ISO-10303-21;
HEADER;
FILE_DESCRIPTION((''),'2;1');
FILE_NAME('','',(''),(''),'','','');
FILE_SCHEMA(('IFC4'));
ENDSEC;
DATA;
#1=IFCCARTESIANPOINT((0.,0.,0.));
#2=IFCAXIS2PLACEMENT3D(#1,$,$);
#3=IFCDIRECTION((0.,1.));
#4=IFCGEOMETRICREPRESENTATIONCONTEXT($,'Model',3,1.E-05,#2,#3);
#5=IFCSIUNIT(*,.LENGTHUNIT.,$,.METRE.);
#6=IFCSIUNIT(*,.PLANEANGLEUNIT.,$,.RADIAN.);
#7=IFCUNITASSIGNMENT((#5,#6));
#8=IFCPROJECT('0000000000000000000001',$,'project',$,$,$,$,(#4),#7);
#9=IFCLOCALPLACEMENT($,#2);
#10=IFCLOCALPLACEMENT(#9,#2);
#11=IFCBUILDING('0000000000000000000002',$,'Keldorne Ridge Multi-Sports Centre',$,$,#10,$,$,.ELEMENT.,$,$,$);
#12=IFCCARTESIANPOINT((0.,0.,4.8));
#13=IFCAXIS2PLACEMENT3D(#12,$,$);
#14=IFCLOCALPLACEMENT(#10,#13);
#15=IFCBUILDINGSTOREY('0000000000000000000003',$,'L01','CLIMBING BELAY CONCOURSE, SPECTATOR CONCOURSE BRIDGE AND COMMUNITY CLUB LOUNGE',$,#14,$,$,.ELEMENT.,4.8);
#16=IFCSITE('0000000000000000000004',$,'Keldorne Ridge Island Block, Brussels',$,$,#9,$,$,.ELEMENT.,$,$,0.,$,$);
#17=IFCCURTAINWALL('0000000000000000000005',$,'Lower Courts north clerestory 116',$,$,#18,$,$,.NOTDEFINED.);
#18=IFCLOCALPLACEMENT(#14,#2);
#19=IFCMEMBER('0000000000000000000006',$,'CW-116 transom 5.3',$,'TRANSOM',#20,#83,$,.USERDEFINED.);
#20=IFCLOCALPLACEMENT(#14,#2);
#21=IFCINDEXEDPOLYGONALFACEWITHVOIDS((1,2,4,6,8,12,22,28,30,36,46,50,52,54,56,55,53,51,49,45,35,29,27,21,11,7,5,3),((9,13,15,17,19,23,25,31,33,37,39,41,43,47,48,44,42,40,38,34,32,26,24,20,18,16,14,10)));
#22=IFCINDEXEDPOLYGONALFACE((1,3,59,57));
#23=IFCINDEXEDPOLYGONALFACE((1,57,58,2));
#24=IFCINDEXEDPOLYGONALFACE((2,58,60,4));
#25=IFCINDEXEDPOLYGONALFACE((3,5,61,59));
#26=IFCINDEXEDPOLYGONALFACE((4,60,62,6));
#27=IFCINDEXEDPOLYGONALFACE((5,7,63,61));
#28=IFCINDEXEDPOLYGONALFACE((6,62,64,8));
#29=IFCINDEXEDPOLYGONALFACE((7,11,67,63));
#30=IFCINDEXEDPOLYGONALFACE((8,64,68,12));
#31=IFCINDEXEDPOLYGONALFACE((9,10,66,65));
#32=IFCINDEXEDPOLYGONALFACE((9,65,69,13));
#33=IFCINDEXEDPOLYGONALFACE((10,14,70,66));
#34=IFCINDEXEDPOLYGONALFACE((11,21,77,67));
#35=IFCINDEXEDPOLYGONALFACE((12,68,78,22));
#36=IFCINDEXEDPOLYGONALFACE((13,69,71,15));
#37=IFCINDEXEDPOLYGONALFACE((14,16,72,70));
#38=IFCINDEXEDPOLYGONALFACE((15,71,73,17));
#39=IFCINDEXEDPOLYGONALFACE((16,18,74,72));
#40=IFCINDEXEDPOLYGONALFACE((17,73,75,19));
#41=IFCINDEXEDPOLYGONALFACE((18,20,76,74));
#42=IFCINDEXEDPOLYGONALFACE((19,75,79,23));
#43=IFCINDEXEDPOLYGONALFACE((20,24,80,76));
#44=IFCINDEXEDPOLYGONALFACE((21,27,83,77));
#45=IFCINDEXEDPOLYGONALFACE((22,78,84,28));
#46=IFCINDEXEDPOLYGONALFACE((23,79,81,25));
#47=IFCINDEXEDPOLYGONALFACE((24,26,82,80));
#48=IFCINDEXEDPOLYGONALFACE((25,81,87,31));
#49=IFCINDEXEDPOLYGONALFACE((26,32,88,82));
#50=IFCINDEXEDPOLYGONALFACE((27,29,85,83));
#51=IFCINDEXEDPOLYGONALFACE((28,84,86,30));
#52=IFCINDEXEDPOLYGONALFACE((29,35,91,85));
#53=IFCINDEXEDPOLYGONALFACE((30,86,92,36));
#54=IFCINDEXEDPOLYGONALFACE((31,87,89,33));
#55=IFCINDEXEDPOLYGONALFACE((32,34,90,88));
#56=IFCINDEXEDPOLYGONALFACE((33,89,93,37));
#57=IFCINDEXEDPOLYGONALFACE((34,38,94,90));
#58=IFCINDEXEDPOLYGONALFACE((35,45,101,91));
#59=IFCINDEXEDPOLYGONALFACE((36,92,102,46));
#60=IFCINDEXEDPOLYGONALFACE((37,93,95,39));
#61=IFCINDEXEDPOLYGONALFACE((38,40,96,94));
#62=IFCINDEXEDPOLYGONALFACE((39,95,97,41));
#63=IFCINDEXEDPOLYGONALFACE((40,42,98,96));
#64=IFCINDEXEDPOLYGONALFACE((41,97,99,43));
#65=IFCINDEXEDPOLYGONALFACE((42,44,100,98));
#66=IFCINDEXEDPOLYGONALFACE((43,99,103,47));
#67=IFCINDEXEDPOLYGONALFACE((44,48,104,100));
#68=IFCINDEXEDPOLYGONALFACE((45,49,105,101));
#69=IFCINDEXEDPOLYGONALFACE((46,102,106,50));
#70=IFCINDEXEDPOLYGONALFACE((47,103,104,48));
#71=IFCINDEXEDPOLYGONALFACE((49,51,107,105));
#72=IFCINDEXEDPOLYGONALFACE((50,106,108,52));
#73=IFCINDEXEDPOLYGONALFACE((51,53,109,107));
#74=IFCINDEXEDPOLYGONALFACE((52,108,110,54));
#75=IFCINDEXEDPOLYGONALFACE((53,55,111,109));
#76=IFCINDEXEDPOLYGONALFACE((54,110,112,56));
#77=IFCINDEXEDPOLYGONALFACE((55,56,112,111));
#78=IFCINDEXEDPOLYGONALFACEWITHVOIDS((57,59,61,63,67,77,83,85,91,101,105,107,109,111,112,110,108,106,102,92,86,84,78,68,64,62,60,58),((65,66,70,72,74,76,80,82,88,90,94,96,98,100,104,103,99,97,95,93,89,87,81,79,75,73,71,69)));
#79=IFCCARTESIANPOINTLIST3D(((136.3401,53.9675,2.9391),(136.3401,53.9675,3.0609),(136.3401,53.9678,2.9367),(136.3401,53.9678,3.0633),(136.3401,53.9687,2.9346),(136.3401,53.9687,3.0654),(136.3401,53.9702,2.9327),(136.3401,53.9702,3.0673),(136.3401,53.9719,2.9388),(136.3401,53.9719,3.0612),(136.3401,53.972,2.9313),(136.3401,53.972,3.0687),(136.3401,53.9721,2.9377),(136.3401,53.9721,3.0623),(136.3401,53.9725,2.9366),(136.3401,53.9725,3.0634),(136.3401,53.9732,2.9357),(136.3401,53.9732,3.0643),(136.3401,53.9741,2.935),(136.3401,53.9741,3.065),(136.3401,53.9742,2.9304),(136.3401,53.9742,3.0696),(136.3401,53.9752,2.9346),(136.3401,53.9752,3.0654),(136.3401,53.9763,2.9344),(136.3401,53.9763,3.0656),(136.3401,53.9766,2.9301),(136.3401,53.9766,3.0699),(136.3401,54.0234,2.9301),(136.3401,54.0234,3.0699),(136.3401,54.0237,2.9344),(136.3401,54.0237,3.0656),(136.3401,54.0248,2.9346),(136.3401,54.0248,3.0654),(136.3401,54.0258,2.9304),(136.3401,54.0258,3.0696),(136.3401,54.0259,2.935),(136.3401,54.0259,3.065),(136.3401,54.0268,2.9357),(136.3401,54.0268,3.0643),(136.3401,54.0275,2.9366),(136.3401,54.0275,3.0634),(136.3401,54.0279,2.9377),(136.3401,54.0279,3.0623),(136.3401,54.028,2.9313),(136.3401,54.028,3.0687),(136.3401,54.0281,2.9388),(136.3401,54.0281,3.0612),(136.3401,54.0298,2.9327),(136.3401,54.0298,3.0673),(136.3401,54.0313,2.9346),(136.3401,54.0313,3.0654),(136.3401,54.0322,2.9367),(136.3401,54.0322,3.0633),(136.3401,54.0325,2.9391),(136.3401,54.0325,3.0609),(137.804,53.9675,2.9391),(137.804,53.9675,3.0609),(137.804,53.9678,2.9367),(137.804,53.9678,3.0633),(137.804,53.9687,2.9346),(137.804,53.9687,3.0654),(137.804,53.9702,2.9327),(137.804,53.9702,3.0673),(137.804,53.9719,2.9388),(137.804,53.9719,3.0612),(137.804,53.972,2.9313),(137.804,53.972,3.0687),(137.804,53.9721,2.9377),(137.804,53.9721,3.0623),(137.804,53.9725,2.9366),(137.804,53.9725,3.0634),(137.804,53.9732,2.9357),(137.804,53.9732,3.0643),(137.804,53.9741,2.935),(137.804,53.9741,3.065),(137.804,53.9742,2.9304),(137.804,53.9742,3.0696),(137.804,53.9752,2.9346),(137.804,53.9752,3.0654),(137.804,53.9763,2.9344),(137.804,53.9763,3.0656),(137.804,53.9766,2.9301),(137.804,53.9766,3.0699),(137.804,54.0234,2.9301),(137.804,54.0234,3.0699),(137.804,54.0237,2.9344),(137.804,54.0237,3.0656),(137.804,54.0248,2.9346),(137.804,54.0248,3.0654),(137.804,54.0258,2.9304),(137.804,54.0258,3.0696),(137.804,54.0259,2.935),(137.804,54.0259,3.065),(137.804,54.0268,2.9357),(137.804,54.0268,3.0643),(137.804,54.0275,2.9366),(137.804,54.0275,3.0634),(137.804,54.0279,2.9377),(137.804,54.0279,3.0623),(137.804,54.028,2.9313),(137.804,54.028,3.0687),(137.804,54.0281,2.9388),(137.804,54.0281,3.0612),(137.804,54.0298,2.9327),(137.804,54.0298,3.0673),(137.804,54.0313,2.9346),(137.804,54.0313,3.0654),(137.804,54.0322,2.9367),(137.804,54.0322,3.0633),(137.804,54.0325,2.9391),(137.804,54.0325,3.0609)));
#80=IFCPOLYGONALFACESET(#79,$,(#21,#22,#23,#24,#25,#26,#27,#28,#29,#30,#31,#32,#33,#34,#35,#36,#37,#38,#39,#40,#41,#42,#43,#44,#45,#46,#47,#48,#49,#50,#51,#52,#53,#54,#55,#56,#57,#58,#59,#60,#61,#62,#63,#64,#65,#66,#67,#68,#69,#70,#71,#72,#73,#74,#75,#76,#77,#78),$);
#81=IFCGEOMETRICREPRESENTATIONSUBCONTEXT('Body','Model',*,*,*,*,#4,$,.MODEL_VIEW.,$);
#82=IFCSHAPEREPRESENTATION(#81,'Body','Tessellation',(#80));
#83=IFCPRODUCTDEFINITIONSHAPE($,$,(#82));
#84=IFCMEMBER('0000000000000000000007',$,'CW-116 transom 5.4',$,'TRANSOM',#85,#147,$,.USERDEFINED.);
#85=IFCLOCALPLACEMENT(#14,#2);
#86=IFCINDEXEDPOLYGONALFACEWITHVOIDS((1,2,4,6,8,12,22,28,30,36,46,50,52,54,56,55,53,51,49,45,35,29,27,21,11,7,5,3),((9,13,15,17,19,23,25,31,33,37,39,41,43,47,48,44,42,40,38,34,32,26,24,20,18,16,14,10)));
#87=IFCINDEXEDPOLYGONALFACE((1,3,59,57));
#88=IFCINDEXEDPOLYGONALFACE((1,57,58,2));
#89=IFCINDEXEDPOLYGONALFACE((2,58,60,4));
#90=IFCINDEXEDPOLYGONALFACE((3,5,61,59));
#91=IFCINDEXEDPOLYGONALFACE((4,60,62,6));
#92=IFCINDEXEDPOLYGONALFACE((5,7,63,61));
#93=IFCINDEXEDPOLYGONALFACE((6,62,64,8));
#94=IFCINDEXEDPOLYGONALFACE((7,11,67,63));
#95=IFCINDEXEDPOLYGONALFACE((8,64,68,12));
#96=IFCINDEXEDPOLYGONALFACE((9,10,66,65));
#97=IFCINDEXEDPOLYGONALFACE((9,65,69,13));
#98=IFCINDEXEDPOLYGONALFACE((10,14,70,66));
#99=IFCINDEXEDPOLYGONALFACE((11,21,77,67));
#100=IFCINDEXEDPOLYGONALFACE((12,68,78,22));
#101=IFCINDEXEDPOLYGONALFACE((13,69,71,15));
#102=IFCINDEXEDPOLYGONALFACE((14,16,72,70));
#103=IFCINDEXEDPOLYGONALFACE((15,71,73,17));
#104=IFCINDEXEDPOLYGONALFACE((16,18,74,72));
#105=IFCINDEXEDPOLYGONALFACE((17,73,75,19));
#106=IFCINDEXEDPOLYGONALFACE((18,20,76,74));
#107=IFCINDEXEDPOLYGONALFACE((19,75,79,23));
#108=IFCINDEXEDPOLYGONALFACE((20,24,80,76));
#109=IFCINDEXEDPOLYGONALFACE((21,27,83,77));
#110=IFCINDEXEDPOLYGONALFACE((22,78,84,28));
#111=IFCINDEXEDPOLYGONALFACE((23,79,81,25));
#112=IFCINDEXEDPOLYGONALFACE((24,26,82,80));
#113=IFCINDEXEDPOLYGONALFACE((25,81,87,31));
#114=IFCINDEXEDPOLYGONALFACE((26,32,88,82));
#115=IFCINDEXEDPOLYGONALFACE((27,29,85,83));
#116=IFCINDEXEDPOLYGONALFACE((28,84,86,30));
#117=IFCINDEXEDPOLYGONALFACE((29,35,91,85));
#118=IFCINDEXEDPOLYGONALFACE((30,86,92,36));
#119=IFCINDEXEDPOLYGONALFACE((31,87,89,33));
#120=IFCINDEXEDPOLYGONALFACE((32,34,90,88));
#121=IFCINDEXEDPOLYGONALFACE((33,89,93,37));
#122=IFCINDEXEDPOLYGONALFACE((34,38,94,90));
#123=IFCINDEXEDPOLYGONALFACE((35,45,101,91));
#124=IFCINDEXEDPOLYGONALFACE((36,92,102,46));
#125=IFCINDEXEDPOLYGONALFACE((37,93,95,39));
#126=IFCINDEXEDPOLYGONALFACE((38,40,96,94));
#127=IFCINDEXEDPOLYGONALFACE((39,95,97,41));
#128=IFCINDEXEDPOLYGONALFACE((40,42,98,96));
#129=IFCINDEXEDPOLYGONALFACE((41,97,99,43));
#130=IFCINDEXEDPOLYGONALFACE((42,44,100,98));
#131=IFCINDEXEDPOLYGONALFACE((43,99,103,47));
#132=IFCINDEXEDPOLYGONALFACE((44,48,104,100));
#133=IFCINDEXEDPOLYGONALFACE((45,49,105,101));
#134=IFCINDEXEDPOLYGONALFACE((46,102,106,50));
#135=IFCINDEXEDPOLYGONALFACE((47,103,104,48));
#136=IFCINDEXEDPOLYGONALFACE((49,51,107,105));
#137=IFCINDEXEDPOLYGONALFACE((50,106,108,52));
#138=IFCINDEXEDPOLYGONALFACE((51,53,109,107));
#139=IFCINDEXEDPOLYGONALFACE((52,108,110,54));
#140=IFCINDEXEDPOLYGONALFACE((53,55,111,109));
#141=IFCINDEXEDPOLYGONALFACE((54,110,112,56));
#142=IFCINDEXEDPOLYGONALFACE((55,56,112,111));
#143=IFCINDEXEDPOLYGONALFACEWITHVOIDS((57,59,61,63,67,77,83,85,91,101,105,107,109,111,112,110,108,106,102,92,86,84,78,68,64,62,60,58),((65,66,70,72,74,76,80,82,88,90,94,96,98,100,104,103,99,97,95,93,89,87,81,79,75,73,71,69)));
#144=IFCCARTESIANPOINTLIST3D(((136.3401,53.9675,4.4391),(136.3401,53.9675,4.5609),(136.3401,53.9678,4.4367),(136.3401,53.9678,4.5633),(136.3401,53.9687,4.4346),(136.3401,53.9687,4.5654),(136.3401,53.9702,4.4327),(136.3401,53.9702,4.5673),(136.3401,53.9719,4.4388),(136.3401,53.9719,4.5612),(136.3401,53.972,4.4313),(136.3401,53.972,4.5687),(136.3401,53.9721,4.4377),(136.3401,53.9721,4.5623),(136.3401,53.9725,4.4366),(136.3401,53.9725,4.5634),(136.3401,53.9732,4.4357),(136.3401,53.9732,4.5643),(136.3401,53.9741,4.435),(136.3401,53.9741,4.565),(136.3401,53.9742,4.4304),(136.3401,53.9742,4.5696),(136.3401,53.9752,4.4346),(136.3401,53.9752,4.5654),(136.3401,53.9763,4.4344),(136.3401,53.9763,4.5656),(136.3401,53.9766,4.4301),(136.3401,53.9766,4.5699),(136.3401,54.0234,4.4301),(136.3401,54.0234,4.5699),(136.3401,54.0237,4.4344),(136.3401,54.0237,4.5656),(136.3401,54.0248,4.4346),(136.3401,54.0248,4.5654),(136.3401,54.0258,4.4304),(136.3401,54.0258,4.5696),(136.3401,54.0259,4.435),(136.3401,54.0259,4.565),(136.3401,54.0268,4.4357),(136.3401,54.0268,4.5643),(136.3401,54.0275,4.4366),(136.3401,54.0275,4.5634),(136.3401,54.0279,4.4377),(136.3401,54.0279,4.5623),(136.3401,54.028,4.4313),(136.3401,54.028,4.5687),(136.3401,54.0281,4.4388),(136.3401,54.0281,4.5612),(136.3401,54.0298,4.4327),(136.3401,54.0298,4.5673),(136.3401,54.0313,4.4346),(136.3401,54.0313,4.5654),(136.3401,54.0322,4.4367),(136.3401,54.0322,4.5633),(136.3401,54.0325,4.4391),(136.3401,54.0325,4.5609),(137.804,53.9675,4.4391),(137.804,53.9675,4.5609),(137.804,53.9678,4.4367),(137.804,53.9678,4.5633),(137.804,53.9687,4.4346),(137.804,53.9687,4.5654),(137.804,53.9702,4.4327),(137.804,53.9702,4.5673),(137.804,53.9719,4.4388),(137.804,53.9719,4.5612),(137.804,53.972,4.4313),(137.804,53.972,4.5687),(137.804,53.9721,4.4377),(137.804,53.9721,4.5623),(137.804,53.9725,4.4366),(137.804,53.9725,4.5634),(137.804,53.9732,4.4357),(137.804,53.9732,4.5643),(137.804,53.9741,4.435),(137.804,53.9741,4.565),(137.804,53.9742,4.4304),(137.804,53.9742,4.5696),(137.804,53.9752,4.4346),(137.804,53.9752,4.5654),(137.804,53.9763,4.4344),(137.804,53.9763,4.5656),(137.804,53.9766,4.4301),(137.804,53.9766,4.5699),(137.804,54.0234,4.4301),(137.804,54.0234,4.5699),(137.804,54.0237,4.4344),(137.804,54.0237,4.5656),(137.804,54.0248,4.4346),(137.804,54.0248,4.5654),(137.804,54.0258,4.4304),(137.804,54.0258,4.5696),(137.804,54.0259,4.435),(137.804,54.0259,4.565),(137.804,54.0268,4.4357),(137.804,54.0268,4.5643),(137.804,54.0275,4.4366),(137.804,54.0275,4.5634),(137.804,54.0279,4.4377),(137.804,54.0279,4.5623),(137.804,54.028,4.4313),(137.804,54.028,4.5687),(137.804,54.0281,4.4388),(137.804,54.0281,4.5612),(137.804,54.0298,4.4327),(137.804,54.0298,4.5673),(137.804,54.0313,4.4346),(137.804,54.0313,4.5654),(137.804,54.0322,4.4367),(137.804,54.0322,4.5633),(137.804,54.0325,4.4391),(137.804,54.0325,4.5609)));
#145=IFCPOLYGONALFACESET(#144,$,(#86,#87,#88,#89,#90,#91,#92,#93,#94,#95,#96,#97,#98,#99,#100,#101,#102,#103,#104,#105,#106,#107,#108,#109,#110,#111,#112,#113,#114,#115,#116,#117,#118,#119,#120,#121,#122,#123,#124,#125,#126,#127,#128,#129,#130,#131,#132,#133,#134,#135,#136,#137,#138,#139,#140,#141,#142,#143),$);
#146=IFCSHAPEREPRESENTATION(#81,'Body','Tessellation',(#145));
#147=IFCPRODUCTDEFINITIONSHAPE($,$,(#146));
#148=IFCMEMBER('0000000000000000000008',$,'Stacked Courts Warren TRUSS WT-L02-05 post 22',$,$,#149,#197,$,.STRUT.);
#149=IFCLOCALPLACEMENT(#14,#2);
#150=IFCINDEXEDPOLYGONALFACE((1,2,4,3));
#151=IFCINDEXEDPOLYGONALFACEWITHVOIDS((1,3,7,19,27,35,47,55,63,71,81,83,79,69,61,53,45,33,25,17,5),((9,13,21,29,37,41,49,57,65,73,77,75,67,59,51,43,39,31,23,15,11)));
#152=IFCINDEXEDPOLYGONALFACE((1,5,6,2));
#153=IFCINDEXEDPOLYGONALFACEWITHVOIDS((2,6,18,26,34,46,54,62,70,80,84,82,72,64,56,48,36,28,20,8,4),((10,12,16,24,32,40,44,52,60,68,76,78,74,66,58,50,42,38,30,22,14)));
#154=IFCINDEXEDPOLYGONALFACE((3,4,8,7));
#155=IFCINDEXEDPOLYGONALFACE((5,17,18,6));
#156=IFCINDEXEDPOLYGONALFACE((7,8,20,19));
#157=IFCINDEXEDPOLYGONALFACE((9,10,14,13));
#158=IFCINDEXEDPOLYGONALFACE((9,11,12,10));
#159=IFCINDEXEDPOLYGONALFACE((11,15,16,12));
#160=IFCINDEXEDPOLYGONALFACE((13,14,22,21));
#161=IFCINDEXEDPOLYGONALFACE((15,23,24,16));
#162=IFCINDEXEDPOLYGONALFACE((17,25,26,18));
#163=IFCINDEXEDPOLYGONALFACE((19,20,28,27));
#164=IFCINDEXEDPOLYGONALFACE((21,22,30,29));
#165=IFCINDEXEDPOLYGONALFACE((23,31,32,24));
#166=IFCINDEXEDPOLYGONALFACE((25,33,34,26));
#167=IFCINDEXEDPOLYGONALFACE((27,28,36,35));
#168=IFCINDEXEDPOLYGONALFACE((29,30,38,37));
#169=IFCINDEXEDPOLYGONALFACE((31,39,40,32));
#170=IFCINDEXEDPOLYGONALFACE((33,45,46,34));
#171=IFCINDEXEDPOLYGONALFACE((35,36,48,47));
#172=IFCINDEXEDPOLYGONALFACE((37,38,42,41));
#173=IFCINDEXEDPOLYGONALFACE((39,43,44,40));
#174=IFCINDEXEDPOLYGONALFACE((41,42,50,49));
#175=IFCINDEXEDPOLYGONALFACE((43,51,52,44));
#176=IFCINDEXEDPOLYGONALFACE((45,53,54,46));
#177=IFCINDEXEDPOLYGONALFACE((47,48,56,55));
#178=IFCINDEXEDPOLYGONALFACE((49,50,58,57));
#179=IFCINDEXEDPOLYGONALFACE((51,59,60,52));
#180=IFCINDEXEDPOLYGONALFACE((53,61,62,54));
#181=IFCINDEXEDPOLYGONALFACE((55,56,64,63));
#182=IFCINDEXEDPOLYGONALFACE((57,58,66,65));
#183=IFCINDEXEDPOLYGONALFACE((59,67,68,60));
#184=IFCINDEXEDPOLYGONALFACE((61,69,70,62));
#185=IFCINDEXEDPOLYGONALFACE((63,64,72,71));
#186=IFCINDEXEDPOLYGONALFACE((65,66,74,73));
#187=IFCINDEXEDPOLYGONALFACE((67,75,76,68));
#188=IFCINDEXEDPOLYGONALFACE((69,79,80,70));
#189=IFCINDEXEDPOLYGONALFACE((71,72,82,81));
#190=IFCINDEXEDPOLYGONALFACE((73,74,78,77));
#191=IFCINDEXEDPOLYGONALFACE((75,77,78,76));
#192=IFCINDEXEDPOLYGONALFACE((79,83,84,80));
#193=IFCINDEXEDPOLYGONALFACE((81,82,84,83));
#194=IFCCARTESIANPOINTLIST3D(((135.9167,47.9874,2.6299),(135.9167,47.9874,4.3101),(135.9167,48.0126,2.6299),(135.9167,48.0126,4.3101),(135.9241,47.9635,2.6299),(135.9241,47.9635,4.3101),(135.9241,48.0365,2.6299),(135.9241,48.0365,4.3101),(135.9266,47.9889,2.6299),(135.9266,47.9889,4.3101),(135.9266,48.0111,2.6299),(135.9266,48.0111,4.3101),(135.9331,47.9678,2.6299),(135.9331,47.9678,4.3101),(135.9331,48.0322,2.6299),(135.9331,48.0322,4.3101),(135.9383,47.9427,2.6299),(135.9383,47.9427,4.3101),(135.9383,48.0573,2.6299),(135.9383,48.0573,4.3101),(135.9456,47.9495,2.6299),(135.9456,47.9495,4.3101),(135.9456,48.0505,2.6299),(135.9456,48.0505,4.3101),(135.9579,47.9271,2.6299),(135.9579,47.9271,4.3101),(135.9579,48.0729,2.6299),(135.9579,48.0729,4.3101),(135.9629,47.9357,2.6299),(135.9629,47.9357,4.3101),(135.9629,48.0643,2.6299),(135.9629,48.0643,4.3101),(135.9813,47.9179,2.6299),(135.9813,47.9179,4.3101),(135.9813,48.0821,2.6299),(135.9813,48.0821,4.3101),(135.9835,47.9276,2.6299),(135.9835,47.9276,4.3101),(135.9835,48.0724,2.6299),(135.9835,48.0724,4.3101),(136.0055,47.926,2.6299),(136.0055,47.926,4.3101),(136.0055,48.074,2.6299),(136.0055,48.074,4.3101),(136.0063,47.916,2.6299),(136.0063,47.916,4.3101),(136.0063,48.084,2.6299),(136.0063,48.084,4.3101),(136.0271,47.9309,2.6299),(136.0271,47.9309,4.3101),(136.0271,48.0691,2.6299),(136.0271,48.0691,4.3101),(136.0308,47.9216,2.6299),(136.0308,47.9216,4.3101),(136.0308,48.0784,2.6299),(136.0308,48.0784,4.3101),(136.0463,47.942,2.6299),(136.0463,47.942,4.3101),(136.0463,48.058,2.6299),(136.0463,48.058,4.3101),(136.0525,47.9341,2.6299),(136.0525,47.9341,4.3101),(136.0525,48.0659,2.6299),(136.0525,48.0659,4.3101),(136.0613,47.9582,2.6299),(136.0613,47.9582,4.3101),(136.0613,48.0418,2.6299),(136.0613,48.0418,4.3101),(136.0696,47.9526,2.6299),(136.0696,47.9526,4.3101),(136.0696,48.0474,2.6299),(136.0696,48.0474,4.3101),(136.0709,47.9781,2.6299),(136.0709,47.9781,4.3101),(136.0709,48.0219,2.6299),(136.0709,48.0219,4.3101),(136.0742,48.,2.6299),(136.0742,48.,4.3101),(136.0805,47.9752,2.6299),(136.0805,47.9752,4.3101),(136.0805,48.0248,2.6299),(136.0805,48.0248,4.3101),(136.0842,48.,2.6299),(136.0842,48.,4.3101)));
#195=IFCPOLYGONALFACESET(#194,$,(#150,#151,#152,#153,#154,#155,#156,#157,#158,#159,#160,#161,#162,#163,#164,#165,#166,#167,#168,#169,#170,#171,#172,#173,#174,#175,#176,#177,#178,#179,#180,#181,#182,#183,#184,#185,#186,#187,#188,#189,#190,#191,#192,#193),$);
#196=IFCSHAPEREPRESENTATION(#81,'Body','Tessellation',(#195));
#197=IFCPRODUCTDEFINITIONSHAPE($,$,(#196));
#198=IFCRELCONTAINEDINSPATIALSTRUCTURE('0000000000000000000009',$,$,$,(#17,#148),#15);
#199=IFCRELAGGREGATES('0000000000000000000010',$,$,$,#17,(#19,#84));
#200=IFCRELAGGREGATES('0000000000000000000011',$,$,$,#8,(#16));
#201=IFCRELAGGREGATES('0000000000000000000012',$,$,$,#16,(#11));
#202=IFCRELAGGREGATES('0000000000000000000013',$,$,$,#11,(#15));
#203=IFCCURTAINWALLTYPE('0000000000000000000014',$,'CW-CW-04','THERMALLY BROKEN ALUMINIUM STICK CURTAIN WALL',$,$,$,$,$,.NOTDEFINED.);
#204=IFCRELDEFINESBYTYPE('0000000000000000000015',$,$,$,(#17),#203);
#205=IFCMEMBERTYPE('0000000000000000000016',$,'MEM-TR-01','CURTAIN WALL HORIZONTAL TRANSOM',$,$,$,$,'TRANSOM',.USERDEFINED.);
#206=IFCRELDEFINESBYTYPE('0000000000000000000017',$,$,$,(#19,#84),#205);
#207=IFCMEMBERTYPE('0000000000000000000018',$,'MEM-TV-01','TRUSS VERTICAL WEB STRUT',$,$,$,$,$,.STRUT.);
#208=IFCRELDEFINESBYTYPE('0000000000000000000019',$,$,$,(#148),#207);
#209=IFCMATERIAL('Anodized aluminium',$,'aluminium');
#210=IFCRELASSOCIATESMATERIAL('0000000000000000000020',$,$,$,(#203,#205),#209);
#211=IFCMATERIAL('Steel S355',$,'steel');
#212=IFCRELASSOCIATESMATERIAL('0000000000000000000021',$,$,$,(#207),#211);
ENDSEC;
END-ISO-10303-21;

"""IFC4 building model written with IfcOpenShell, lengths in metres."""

from ifc_helpers import new_model, si_unit, direction, frame, origin, origin_2d, place, context, subcontext, project, spatial, hollow_rectangle, hollow_circle, extrude, material, material_profile, profile_set, type_object, element, aggregate, save


model = new_model("IFC4")

# Units and contexts
model_context = context("Model", 3, precision=1e-05, world=origin(), true_north=direction((0.0, 1.0)))
body_context = subcontext(model_context, "Body", "Model", "MODEL_VIEW")
ifc_project = project(units=[si_unit("LENGTHUNIT", "METRE"), si_unit("PLANEANGLEUNIT", "RADIAN")], contexts=[model_context])

# Site, building, storey
site_placement = place(None, origin())
site = spatial("IfcSite", under=ifc_project, at=site_placement, Name="Keldorne Ridge Island Block, Brussels", CompositionType="ELEMENT", RefElevation=0.0)
building_placement = place(site_placement, origin())
building = spatial("IfcBuilding", under=site, at=building_placement, Name="Keldorne Ridge Multi-Sports Centre", CompositionType="ELEMENT")
storey_placement = place(building_placement, frame((0.0, 0.0, 4.8)))
storey = spatial("IfcBuildingStorey", under=building, at=storey_placement, Name="L01", Description="CLIMBING BELAY CONCOURSE, SPECTATOR CONCOURSE BRIDGE AND COMMUNITY CLUB LOUNGE", CompositionType="ELEMENT", Elevation=4.8)

# Shared definitions
ifc_material_1 = material(Name="Steel S355", Category="steel")

# Shared definitions
ifc_material_2 = material(Name="Anodized aluminium", Category="aluminium")

# Curtain wall
curtain_wall_type_1 = type_object("IfcCurtainWallType", Name="CW-CW-04", Description="THERMALLY BROKEN ALUMINIUM STICK CURTAIN WALL", PredefinedType="NOTDEFINED", material=ifc_material_2)
curtain_wall_1_placement = place(storey_placement, origin())
curtain_wall_1 = element("IfcCurtainWall", 1, at=curtain_wall_1_placement, inside=storey, type_object=curtain_wall_type_1, Name="Lower Courts north clerestory 116", PredefinedType="NOTDEFINED")

# Members
ifc_material_profile_1 = material_profile(ifc_material_2, hollow_rectangle(XDim=0.0649, YDim=0.1399, WallThickness=0.0044, InnerFilletRadius=0.0044, OuterFilletRadius=0.009, at=origin_2d()), Name="ALU TRANSOM 140x65x4.5")
ifc_profile_set_1 = profile_set([ifc_material_profile_1], Name="Anodized aluminium")
member_type_1 = type_object("IfcMemberType", Name="MEM-TR-01", Description="CURTAIN WALL HORIZONTAL TRANSOM", ElementType="TRANSOM", PredefinedType="USERDEFINED", material=ifc_profile_set_1)
member_1_placement = place(storey_placement, frame((137.804, 54.0, 3.0), z_axis=(-1.0, 0.0, 0.0), x_axis=(0.0, -1.0, 0.0)))
member_1 = element("IfcMember", 2, at=member_1_placement, type_object=member_type_1, Name="CW-116 transom 5.3", ObjectType="TRANSOM", PredefinedType="USERDEFINED", context=body_context, shape_type="SweptSolid", body=[
    extrude(hollow_rectangle(XDim=0.0649, YDim=0.1399, WallThickness=0.0044, InnerFilletRadius=0.0044, OuterFilletRadius=0.009, at=origin_2d()), origin(), (0.0, 0.0, 1.0), 1.4639),
])
member_2_placement = place(storey_placement, frame((137.804, 54.0, 4.5), z_axis=(-1.0, 0.0, 0.0), x_axis=(0.0, -1.0, 0.0)))
member_2 = element("IfcMember", 3, at=member_2_placement, type_object=member_type_1, Name="CW-116 transom 5.4", ObjectType="TRANSOM", PredefinedType="USERDEFINED", context=body_context, shape_type="SweptSolid", body=[
    extrude(hollow_rectangle(XDim=0.0649, YDim=0.1399, WallThickness=0.0044, InnerFilletRadius=0.0044, OuterFilletRadius=0.009, at=origin_2d()), origin(), (0.0, 0.0, 1.0), 1.4639),
])

# Member
ifc_material_profile_2 = material_profile(ifc_material_1, hollow_circle(Radius=0.0842, WallThickness=0.01, at=origin_2d()), Name="CHS 168.3x10")
ifc_profile_set_2 = profile_set([ifc_material_profile_2], Name="Steel S355")
member_type_2 = type_object("IfcMemberType", Name="MEM-TV-01", Description="TRUSS VERTICAL WEB STRUT", PredefinedType="STRUT", material=ifc_profile_set_2)
for number, where, z_axis, x_axis, name in (
    (4, (136.0, 48.0, 2.6299), (0.0, 0.0, 1.0), (1.0, 0.0, 0.0), "Stacked Courts Warren TRUSS WT-L02-05 post 22"),
):
    element("IfcMember", number, at=place(storey_placement, frame(where, z_axis=z_axis, x_axis=x_axis)), inside=storey, type_object=member_type_2, Name=name, PredefinedType="STRUT", context=body_context, shape_type="SweptSolid", body=[
        extrude(hollow_circle(Radius=0.0842, WallThickness=0.01, at=origin_2d()), origin(), (0.0, 0.0, 1.0), 1.6802),
    ])

aggregate(curtain_wall_1, [member_1, member_2])

save(model, "model.ifc")
